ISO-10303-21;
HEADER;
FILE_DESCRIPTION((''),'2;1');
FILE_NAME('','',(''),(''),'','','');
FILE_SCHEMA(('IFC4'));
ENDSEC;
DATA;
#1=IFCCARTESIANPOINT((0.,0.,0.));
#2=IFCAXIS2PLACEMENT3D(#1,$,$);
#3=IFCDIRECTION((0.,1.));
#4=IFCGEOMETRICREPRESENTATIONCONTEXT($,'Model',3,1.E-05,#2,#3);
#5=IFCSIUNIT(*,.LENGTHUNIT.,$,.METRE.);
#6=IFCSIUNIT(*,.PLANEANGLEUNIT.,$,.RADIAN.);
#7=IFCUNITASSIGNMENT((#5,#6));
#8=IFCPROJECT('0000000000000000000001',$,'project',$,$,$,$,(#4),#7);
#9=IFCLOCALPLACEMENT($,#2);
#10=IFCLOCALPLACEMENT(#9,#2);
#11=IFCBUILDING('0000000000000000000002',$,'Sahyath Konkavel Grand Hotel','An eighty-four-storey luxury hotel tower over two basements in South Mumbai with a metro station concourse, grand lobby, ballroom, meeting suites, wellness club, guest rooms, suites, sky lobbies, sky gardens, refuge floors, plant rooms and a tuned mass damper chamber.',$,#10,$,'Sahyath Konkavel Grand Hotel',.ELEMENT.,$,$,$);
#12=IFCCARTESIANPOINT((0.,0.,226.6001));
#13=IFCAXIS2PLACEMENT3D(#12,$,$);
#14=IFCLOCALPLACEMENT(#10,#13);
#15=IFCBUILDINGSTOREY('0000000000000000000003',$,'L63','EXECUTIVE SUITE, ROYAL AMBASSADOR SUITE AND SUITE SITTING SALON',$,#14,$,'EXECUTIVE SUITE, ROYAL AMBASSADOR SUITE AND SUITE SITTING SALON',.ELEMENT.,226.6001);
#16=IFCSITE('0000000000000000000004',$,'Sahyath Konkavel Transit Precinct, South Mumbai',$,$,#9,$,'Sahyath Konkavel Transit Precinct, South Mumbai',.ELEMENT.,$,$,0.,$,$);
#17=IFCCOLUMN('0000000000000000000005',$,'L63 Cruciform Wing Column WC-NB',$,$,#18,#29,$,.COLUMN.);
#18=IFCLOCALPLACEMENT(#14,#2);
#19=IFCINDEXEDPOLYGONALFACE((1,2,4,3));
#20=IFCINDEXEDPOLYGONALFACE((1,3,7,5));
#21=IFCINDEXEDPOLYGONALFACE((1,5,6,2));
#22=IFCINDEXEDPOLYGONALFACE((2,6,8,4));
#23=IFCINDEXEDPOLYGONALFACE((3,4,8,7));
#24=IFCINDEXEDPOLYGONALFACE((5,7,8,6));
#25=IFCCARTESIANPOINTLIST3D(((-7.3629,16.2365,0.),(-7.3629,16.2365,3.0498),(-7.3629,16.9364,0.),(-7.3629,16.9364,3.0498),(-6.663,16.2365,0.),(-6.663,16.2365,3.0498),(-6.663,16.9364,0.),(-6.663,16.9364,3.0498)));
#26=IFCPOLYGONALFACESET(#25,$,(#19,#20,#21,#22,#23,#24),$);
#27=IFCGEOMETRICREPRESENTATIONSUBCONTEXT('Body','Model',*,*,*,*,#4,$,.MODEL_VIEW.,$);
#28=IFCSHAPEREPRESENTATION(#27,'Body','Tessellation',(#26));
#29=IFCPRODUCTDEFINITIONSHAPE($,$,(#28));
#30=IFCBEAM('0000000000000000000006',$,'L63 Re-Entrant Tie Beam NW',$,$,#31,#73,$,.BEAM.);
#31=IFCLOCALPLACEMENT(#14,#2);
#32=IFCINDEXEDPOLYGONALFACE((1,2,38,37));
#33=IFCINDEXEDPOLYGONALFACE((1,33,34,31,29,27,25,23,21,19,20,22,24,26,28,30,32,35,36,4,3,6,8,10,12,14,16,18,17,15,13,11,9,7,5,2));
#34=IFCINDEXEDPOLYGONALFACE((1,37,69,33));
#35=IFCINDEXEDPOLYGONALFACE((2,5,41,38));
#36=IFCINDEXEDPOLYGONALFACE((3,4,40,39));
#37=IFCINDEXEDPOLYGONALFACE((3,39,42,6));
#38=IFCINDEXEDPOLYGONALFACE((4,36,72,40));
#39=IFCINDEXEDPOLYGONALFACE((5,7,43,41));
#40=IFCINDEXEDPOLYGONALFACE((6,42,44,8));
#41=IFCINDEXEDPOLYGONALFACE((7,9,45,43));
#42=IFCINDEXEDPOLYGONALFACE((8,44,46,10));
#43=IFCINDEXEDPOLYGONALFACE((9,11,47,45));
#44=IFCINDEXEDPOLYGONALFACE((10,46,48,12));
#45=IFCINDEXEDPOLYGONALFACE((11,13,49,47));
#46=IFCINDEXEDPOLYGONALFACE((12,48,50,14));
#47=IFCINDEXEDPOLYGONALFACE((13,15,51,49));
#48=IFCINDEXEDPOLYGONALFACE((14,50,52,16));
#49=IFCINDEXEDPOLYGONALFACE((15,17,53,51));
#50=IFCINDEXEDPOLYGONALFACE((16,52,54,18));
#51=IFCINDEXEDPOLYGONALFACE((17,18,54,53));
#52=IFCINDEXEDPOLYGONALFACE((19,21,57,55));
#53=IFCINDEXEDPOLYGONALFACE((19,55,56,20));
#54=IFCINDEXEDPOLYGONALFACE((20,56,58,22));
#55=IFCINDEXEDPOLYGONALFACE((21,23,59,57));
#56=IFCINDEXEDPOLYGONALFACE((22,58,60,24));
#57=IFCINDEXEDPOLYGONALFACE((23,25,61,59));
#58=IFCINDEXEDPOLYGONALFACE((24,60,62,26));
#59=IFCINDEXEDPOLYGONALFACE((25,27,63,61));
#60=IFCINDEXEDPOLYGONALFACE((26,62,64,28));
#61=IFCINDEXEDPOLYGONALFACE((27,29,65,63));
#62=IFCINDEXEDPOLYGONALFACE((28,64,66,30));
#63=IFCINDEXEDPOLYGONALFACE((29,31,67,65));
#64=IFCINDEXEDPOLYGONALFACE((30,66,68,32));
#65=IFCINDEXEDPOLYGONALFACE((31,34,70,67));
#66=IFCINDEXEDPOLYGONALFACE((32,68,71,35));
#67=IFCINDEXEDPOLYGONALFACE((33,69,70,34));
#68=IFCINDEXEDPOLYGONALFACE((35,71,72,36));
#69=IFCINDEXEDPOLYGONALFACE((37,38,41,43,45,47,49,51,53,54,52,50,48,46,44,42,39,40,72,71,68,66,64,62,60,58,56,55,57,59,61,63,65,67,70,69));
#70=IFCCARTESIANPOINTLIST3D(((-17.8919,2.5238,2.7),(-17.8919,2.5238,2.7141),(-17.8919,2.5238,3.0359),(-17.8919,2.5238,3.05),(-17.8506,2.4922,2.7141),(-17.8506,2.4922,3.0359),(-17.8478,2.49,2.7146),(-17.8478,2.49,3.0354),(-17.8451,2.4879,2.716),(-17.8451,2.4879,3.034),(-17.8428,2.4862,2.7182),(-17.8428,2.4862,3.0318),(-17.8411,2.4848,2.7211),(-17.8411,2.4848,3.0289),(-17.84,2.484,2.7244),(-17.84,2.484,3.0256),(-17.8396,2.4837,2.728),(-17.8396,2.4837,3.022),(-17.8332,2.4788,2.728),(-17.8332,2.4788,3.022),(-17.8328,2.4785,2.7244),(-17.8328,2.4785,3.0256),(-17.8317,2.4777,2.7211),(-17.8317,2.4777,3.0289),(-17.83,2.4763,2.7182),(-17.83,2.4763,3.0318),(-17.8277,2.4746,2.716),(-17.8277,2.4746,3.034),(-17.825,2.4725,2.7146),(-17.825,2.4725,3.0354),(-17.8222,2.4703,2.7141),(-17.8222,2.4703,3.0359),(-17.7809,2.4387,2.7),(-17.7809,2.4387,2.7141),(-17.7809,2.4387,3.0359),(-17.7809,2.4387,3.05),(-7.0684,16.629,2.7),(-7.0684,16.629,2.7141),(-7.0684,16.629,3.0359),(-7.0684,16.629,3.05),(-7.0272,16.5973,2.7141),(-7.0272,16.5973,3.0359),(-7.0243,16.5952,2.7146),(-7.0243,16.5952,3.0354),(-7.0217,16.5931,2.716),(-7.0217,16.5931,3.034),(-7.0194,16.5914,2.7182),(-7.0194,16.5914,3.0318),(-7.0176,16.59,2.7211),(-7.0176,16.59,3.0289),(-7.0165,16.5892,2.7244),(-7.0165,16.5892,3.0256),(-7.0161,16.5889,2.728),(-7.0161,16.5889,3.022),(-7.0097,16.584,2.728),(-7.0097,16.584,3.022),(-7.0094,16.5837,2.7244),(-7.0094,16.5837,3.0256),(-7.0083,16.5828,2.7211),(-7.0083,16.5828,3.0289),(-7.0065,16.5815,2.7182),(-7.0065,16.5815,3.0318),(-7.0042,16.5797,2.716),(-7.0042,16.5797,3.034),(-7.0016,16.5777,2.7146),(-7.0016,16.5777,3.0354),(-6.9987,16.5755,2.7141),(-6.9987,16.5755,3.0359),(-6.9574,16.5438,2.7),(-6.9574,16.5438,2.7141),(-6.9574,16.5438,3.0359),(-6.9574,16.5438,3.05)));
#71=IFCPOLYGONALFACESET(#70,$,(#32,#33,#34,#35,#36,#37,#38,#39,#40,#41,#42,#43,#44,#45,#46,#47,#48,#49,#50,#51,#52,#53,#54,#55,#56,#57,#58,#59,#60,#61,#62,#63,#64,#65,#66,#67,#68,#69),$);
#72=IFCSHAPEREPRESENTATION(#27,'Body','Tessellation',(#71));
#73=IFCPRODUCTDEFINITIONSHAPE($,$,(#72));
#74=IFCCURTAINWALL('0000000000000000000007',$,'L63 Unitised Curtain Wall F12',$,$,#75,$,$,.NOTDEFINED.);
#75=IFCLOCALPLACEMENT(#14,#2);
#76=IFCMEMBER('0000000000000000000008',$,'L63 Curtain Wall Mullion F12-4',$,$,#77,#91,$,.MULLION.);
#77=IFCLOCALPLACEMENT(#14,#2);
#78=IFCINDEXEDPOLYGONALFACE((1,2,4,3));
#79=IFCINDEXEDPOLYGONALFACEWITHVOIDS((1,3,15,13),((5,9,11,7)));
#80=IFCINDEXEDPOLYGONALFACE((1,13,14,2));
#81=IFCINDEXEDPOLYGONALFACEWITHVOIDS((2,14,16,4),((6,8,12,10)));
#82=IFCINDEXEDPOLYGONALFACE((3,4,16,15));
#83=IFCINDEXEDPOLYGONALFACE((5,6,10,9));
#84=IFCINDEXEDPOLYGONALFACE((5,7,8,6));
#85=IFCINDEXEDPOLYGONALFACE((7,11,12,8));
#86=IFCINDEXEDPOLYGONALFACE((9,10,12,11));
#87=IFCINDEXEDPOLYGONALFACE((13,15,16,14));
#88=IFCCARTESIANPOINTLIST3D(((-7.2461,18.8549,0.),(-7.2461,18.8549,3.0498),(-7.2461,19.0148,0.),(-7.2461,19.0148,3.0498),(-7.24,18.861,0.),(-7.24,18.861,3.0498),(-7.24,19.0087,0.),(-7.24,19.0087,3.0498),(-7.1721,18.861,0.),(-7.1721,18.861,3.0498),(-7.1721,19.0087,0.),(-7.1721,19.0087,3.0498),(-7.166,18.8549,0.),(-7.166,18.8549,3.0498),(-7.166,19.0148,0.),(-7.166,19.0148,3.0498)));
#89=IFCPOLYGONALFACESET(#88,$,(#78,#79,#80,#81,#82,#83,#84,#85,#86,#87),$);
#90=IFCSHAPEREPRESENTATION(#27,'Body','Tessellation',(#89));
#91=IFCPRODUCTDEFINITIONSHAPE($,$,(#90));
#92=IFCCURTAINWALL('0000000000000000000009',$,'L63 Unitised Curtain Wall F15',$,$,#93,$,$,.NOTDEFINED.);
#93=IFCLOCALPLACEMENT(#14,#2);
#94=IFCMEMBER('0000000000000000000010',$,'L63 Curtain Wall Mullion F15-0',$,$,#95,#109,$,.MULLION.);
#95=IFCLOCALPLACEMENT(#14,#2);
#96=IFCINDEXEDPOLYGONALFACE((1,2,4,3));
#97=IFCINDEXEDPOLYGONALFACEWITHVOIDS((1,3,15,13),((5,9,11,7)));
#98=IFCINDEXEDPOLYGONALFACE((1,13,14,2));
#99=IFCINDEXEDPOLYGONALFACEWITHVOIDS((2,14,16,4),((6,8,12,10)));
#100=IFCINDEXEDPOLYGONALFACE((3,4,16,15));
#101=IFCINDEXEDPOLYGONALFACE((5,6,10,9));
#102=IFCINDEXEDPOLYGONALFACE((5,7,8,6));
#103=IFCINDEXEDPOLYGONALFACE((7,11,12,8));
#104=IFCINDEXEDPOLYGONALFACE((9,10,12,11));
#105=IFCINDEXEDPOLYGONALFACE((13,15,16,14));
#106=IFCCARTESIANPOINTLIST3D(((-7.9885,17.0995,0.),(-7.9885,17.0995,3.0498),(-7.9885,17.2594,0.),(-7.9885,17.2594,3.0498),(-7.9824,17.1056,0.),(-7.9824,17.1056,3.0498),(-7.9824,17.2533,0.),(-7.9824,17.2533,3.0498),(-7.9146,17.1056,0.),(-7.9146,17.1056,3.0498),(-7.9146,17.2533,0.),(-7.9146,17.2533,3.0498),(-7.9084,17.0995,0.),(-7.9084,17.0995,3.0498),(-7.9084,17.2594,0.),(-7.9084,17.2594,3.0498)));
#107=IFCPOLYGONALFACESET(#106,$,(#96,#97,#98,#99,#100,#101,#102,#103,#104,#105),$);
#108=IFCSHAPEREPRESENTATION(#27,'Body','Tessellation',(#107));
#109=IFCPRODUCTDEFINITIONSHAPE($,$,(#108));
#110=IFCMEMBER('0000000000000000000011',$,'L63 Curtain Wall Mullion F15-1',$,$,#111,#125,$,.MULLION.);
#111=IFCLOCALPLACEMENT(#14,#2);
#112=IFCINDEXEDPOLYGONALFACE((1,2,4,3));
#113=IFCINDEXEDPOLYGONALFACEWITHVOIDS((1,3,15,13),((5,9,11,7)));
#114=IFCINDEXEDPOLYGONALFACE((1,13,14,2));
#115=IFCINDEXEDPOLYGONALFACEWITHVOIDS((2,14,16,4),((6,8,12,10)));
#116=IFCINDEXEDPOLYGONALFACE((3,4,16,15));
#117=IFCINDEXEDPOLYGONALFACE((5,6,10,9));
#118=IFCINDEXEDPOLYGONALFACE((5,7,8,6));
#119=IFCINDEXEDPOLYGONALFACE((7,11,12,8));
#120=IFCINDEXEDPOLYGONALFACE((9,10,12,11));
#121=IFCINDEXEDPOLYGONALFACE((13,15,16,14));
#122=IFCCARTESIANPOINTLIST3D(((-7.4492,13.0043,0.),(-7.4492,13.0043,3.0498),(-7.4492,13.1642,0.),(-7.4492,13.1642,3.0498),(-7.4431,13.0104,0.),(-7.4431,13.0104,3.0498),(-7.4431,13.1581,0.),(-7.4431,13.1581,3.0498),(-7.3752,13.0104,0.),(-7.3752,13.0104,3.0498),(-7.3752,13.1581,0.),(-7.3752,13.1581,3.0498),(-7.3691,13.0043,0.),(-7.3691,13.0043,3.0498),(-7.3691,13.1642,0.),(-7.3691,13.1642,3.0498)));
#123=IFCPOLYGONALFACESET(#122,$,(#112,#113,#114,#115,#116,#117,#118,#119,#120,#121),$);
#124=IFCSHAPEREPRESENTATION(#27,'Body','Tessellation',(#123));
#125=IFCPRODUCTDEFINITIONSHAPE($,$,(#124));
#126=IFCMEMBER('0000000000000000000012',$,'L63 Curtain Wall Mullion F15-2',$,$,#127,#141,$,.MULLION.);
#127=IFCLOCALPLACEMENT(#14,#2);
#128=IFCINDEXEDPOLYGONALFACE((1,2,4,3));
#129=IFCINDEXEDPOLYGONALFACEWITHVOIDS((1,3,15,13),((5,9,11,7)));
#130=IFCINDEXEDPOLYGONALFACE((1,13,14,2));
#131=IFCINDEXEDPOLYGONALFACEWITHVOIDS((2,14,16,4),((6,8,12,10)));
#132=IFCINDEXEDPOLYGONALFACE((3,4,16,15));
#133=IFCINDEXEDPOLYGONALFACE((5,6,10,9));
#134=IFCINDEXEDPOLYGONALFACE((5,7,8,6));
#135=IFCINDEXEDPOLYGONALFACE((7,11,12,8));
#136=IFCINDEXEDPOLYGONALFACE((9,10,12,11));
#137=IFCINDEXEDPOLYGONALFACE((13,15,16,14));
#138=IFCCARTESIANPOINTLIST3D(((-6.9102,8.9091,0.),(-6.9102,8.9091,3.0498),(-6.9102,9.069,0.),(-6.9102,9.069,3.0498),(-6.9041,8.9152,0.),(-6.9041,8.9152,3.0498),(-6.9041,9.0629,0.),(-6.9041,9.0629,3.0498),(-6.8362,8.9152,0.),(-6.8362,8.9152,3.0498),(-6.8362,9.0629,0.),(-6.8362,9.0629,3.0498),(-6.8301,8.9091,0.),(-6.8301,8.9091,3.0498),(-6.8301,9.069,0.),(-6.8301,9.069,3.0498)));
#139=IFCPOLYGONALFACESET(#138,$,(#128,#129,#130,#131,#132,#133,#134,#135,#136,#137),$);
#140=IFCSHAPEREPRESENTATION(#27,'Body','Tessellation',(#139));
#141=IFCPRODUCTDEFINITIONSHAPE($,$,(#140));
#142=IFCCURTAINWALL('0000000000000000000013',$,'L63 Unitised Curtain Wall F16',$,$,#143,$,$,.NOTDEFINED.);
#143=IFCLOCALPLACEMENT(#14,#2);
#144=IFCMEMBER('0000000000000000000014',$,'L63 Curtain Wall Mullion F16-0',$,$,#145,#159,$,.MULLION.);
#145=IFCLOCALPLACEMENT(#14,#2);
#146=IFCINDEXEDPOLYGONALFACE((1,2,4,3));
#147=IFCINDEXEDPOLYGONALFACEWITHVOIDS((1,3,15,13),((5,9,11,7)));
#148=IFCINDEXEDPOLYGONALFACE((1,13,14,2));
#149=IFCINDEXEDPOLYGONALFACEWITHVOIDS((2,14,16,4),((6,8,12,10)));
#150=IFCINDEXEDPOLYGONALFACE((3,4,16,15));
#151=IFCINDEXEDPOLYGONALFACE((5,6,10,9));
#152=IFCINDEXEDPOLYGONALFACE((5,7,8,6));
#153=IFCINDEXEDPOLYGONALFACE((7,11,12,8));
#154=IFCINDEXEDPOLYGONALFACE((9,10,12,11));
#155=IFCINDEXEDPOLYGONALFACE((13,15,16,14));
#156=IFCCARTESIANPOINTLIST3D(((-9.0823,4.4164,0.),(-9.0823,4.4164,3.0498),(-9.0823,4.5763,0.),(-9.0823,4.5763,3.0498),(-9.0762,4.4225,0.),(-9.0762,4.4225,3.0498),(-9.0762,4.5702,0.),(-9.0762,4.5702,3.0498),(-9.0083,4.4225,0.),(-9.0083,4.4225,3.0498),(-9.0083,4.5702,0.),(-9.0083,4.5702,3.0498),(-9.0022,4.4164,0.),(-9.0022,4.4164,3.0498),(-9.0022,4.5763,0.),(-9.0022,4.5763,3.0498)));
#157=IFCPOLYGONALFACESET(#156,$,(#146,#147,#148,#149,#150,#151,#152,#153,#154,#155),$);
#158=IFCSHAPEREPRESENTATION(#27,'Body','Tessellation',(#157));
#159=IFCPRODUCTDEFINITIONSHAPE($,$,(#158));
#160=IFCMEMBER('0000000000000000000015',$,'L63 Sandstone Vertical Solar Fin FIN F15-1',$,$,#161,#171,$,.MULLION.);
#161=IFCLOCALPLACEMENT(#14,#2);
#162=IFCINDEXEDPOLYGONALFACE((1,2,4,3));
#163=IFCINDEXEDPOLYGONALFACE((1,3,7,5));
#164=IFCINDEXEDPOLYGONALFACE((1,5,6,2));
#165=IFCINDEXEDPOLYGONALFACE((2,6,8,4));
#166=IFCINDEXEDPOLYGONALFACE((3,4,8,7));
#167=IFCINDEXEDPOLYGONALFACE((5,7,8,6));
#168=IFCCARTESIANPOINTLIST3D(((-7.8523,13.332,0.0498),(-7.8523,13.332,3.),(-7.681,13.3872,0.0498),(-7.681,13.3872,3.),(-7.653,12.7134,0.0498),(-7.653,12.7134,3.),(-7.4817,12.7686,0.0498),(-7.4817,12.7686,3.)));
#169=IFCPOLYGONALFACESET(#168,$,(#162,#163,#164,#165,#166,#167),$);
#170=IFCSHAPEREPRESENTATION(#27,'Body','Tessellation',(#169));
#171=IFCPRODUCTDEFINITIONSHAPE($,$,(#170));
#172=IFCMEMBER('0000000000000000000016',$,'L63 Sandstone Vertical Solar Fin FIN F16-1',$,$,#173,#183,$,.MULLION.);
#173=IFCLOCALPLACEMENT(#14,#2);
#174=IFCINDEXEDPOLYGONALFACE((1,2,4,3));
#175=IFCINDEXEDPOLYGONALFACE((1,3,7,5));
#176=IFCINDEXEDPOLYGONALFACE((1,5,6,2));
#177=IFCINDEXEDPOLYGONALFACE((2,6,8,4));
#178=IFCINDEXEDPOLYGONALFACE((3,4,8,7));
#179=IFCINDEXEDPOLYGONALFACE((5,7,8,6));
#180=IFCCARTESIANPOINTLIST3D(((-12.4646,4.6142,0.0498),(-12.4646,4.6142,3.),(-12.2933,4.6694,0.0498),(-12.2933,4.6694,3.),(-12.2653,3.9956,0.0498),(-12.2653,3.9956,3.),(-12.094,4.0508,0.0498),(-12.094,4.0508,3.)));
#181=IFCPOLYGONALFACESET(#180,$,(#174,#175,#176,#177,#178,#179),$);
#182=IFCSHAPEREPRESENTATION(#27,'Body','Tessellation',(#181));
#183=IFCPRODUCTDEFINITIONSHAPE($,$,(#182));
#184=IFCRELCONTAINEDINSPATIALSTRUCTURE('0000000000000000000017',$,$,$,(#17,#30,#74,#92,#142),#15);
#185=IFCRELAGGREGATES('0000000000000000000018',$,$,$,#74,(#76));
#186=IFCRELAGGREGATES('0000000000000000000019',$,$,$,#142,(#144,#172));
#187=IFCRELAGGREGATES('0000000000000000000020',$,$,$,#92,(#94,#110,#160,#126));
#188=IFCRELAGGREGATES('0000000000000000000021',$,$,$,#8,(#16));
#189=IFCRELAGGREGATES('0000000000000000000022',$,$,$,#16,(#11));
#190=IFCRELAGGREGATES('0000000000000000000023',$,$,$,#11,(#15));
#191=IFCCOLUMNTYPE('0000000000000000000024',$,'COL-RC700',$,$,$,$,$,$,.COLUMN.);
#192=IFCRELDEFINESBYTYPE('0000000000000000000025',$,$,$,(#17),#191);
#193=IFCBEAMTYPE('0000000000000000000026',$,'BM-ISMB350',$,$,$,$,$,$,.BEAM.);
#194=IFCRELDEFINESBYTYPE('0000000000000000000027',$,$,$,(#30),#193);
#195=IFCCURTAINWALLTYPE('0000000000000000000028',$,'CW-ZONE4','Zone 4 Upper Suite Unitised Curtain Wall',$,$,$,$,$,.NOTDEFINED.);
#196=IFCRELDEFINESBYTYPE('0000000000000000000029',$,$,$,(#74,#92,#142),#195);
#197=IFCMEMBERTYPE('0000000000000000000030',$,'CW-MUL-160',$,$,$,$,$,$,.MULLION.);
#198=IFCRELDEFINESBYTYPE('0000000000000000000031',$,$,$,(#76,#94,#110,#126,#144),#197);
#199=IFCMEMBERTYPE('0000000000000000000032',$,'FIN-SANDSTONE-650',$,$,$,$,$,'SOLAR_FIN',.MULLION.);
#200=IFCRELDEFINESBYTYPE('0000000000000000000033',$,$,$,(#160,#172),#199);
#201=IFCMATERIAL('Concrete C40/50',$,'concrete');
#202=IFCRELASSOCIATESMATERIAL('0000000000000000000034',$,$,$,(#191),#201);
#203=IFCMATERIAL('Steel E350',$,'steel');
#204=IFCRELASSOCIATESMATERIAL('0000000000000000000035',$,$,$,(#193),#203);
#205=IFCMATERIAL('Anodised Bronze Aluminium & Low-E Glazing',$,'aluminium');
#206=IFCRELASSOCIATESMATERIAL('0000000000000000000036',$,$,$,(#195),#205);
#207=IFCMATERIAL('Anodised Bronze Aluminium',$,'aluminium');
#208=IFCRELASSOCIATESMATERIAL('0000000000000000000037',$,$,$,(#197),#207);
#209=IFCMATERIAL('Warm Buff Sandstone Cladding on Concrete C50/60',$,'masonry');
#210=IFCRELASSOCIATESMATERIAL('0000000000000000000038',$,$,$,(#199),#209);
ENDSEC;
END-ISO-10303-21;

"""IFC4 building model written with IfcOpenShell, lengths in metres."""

from ifc_helpers import new_model, si_unit, direction, frame, origin, origin_2d, place, context, subcontext, project, spatial, rectangle, hollow_rectangle, i_section, extrude, source, transform, mapped, material, material_profile, profile_set, type_object, element, aggregate, save


model = new_model("IFC4")

# Units and contexts
model_context = context("Model", 3, precision=1e-05, world=origin(), true_north=direction((0.0, 1.0)))
body_context = subcontext(model_context, "Body", "Model", "MODEL_VIEW")
ifc_project = project(units=[si_unit("LENGTHUNIT", "METRE"), si_unit("PLANEANGLEUNIT", "RADIAN")], contexts=[model_context])

# Site, building, storey
site_placement = place(None, origin())
site = spatial("IfcSite", under=ifc_project, at=site_placement, Name="Sahyath Konkavel Transit Precinct, South Mumbai", LongName="Sahyath Konkavel Transit Precinct, South Mumbai", CompositionType="ELEMENT", RefElevation=0.0)
building_placement = place(site_placement, origin())
building = spatial("IfcBuilding", under=site, at=building_placement, Name="Sahyath Konkavel Grand Hotel", Description="An eighty-four-storey luxury hotel tower over two basements in South Mumbai with a metro station concourse, grand lobby, ballroom, meeting suites, wellness club, guest rooms, suites, sky lobbies, sky gardens, refuge floors, plant rooms and a tuned mass damper chamber.", LongName="Sahyath Konkavel Grand Hotel", CompositionType="ELEMENT")
storey_placement = place(building_placement, frame((0.0, 0.0, 226.6001)))
storey = spatial("IfcBuildingStorey", under=building, at=storey_placement, Name="L63", Description="EXECUTIVE SUITE, ROYAL AMBASSADOR SUITE AND SUITE SITTING SALON", LongName="EXECUTIVE SUITE, ROYAL AMBASSADOR SUITE AND SUITE SITTING SALON", CompositionType="ELEMENT", Elevation=226.6001)

# Column
ifc_material_1 = material(Name="Concrete C40/50", Category="concrete")
ifc_material_profile_1 = material_profile(ifc_material_1, rectangle(XDim=0.7, YDim=0.7, at=origin_2d()), Name="RC 700x700")
ifc_profile_set_1 = profile_set([ifc_material_profile_1], Name="Concrete C40/50")
column_type = type_object("IfcColumnType", Name="COL-RC700", PredefinedType="COLUMN", material=ifc_profile_set_1)
shared_shape_1 = source(origin(), body_context, "Body", "SweptSolid", [
    extrude(rectangle(XDim=0.7, YDim=0.7, at=origin_2d()), origin(), (0.0, 0.0, 1.0), 3.0498),
])
column_placement = place(storey_placement, frame((-7.0129, 16.5864, 0.0), z_axis=(0.0, 0.0, 1.0), x_axis=(1.0, 0.0, 0.0)))
element("IfcColumn", 1, at=column_placement, inside=storey, type_object=column_type, Name="L63 Cruciform Wing Column WC-NB", PredefinedType="COLUMN", context=body_context, shape_type="MappedRepresentation", body=[
    mapped(shared_shape_1, transform((0.0, 0.0, 0.0), scale=1.0)),
])

# Beam
ifc_material_2 = material(Name="Steel E350", Category="steel")
ifc_material_profile_2 = material_profile(ifc_material_2, i_section(OverallWidth=0.1399, OverallDepth=0.3501, WebThickness=0.0081, FlangeThickness=0.0142, FilletRadius=0.0139, at=origin_2d()), Name="ISMB 350")
ifc_profile_set_2 = profile_set([ifc_material_profile_2], Name="Steel E350")
beam_type = type_object("IfcBeamType", Name="BM-ISMB350", PredefinedType="BEAM", material=ifc_profile_set_2)
shared_shape_2 = source(origin(), body_context, "Body", "SweptSolid", [
    extrude(i_section(OverallWidth=0.1399, OverallDepth=0.3501, WebThickness=0.0081, FlangeThickness=0.0142, FilletRadius=0.0139, at=origin_2d()), origin(), (0.0, 0.0, 1.0), 17.7793),
])
beam_placement = place(storey_placement, frame((-7.0129, 16.5864, 2.875), z_axis=(-0.608767, -0.793349, 0.0), x_axis=(0.793349, -0.608767, 0.0)))
element("IfcBeam", 2, at=beam_placement, inside=storey, type_object=beam_type, Name="L63 Re-Entrant Tie Beam NW", PredefinedType="BEAM", context=body_context, shape_type="MappedRepresentation", body=[
    mapped(shared_shape_2, transform((0.0, 0.0, 0.0), scale=1.0)),
])

# Curtain wall, member
ifc_material_3 = material(Name="Anodised Bronze Aluminium & Low-E Glazing", Category="aluminium")
curtain_wall_type = type_object("IfcCurtainWallType", Name="CW-ZONE4", Description="Zone 4 Upper Suite Unitised Curtain Wall", PredefinedType="NOTDEFINED", material=ifc_material_3)
curtain_wall_1_placement = place(storey_placement, origin())
curtain_wall_1 = element("IfcCurtainWall", 3, at=curtain_wall_1_placement, inside=storey, type_object=curtain_wall_type, Name="L63 Unitised Curtain Wall F12", PredefinedType="NOTDEFINED")
ifc_material_4 = material(Name="Anodised Bronze Aluminium", Category="aluminium")
ifc_material_profile_3 = material_profile(ifc_material_4, hollow_rectangle(XDim=0.0801, YDim=0.1599, WallThickness=0.0061, at=origin_2d()), Name="RHS 160x80x6")
ifc_profile_set_3 = profile_set([ifc_material_profile_3], Name="Anodised Bronze Aluminium")
member_type_1 = type_object("IfcMemberType", Name="CW-MUL-160", PredefinedType="MULLION", material=ifc_profile_set_3)
shared_shape_3 = source(origin(), body_context, "Body", "SweptSolid", [
    extrude(hollow_rectangle(XDim=0.0801, YDim=0.1599, WallThickness=0.0061, at=origin_2d()), origin(), (0.0, 0.0, 1.0), 3.0498),
])
member_1_placement = place(storey_placement, frame((-7.2061, 18.9348, 0.0), z_axis=(0.0, 0.0, 1.0), x_axis=(1.0, 0.0, 0.0)))
member_1 = element("IfcMember", 4, at=member_1_placement, type_object=member_type_1, Name="L63 Curtain Wall Mullion F12-4", PredefinedType="MULLION", context=body_context, shape_type="MappedRepresentation", body=[
    mapped(shared_shape_3, transform((0.0, 0.0, 0.0), scale=1.0)),
])
aggregate(curtain_wall_1, [member_1])

# Curtain wall, members
curtain_wall_2_placement = place(storey_placement, origin())
curtain_wall_2 = element("IfcCurtainWall", 5, at=curtain_wall_2_placement, inside=storey, type_object=curtain_wall_type, Name="L63 Unitised Curtain Wall F15", PredefinedType="NOTDEFINED")
member_2_placement = place(storey_placement, frame((-7.9485, 17.1794, 0.0), z_axis=(0.0, 0.0, 1.0), x_axis=(1.0, 0.0, 0.0)))
member_2 = element("IfcMember", 6, at=member_2_placement, type_object=member_type_1, Name="L63 Curtain Wall Mullion F15-0", PredefinedType="MULLION", context=body_context, shape_type="MappedRepresentation", body=[
    mapped(shared_shape_3, transform((0.0, 0.0, 0.0), scale=1.0)),
])
member_3_placement = place(storey_placement, frame((-7.4092, 13.0842, 0.0), z_axis=(0.0, 0.0, 1.0), x_axis=(1.0, 0.0, 0.0)))
member_3 = element("IfcMember", 7, at=member_3_placement, type_object=member_type_1, Name="L63 Curtain Wall Mullion F15-1", PredefinedType="MULLION", context=body_context, shape_type="MappedRepresentation", body=[
    mapped(shared_shape_3, transform((0.0, 0.0, 0.0), scale=1.0)),
])
member_4_placement = place(storey_placement, frame((-6.8701, 8.989, 0.0), z_axis=(0.0, 0.0, 1.0), x_axis=(1.0, 0.0, 0.0)))
member_4 = element("IfcMember", 8, at=member_4_placement, type_object=member_type_1, Name="L63 Curtain Wall Mullion F15-2", PredefinedType="MULLION", context=body_context, shape_type="MappedRepresentation", body=[
    mapped(shared_shape_3, transform((0.0, 0.0, 0.0), scale=1.0)),
])

# Curtain wall, member
curtain_wall_3_placement = place(storey_placement, origin())
curtain_wall_3 = element("IfcCurtainWall", 9, at=curtain_wall_3_placement, inside=storey, type_object=curtain_wall_type, Name="L63 Unitised Curtain Wall F16", PredefinedType="NOTDEFINED")
member_5_placement = place(storey_placement, frame((-9.0422, 4.4963, 0.0), z_axis=(0.0, 0.0, 1.0), x_axis=(1.0, 0.0, 0.0)))
member_5 = element("IfcMember", 10, at=member_5_placement, type_object=member_type_1, Name="L63 Curtain Wall Mullion F16-0", PredefinedType="MULLION", context=body_context, shape_type="MappedRepresentation", body=[
    mapped(shared_shape_3, transform((0.0, 0.0, 0.0), scale=1.0)),
])

# Members
ifc_material_5 = material(Name="Warm Buff Sandstone Cladding on Concrete C50/60", Category="masonry")
ifc_material_profile_4 = material_profile(ifc_material_5, rectangle(XDim=0.1799, YDim=0.6499, at=origin_2d()), Name="FIN 180x650")
ifc_profile_set_4 = profile_set([ifc_material_profile_4], Name="Warm Buff Sandstone Cladding on Concrete C50/60")
member_type_2 = type_object("IfcMemberType", Name="FIN-SANDSTONE-650", ElementType="SOLAR_FIN", PredefinedType="MULLION", material=ifc_profile_set_4)
shared_shape_4 = source(origin(), body_context, "Body", "SweptSolid", [
    extrude(rectangle(XDim=0.1799, YDim=0.6499, at=origin_2d()), origin(), (0.0, 0.0, 1.0), 2.9502),
])
member_6_placement = place(storey_placement, frame((-7.667, 13.0503, 0.0498), z_axis=(0.0, 0.0, 1.0), x_axis=(0.951809, 0.306692, 0.0)))
member_6 = element("IfcMember", 11, at=member_6_placement, type_object=member_type_2, Name="L63 Sandstone Vertical Solar Fin FIN F15-1", PredefinedType="MULLION", context=body_context, shape_type="MappedRepresentation", body=[
    mapped(shared_shape_4, transform((0.0, 0.0, 0.0), scale=1.0)),
])
member_7_placement = place(storey_placement, frame((-12.2793, 4.3325, 0.0498), z_axis=(0.0, 0.0, 1.0), x_axis=(0.951809, 0.306692, 0.0)))
member_7 = element("IfcMember", 12, at=member_7_placement, type_object=member_type_2, Name="L63 Sandstone Vertical Solar Fin FIN F16-1", PredefinedType="MULLION", context=body_context, shape_type="MappedRepresentation", body=[
    mapped(shared_shape_4, transform((0.0, 0.0, 0.0), scale=1.0)),
])

aggregate(curtain_wall_3, [member_5, member_7])
aggregate(curtain_wall_2, [member_2, member_3, member_6, member_4])

save(model, "model.ifc")
